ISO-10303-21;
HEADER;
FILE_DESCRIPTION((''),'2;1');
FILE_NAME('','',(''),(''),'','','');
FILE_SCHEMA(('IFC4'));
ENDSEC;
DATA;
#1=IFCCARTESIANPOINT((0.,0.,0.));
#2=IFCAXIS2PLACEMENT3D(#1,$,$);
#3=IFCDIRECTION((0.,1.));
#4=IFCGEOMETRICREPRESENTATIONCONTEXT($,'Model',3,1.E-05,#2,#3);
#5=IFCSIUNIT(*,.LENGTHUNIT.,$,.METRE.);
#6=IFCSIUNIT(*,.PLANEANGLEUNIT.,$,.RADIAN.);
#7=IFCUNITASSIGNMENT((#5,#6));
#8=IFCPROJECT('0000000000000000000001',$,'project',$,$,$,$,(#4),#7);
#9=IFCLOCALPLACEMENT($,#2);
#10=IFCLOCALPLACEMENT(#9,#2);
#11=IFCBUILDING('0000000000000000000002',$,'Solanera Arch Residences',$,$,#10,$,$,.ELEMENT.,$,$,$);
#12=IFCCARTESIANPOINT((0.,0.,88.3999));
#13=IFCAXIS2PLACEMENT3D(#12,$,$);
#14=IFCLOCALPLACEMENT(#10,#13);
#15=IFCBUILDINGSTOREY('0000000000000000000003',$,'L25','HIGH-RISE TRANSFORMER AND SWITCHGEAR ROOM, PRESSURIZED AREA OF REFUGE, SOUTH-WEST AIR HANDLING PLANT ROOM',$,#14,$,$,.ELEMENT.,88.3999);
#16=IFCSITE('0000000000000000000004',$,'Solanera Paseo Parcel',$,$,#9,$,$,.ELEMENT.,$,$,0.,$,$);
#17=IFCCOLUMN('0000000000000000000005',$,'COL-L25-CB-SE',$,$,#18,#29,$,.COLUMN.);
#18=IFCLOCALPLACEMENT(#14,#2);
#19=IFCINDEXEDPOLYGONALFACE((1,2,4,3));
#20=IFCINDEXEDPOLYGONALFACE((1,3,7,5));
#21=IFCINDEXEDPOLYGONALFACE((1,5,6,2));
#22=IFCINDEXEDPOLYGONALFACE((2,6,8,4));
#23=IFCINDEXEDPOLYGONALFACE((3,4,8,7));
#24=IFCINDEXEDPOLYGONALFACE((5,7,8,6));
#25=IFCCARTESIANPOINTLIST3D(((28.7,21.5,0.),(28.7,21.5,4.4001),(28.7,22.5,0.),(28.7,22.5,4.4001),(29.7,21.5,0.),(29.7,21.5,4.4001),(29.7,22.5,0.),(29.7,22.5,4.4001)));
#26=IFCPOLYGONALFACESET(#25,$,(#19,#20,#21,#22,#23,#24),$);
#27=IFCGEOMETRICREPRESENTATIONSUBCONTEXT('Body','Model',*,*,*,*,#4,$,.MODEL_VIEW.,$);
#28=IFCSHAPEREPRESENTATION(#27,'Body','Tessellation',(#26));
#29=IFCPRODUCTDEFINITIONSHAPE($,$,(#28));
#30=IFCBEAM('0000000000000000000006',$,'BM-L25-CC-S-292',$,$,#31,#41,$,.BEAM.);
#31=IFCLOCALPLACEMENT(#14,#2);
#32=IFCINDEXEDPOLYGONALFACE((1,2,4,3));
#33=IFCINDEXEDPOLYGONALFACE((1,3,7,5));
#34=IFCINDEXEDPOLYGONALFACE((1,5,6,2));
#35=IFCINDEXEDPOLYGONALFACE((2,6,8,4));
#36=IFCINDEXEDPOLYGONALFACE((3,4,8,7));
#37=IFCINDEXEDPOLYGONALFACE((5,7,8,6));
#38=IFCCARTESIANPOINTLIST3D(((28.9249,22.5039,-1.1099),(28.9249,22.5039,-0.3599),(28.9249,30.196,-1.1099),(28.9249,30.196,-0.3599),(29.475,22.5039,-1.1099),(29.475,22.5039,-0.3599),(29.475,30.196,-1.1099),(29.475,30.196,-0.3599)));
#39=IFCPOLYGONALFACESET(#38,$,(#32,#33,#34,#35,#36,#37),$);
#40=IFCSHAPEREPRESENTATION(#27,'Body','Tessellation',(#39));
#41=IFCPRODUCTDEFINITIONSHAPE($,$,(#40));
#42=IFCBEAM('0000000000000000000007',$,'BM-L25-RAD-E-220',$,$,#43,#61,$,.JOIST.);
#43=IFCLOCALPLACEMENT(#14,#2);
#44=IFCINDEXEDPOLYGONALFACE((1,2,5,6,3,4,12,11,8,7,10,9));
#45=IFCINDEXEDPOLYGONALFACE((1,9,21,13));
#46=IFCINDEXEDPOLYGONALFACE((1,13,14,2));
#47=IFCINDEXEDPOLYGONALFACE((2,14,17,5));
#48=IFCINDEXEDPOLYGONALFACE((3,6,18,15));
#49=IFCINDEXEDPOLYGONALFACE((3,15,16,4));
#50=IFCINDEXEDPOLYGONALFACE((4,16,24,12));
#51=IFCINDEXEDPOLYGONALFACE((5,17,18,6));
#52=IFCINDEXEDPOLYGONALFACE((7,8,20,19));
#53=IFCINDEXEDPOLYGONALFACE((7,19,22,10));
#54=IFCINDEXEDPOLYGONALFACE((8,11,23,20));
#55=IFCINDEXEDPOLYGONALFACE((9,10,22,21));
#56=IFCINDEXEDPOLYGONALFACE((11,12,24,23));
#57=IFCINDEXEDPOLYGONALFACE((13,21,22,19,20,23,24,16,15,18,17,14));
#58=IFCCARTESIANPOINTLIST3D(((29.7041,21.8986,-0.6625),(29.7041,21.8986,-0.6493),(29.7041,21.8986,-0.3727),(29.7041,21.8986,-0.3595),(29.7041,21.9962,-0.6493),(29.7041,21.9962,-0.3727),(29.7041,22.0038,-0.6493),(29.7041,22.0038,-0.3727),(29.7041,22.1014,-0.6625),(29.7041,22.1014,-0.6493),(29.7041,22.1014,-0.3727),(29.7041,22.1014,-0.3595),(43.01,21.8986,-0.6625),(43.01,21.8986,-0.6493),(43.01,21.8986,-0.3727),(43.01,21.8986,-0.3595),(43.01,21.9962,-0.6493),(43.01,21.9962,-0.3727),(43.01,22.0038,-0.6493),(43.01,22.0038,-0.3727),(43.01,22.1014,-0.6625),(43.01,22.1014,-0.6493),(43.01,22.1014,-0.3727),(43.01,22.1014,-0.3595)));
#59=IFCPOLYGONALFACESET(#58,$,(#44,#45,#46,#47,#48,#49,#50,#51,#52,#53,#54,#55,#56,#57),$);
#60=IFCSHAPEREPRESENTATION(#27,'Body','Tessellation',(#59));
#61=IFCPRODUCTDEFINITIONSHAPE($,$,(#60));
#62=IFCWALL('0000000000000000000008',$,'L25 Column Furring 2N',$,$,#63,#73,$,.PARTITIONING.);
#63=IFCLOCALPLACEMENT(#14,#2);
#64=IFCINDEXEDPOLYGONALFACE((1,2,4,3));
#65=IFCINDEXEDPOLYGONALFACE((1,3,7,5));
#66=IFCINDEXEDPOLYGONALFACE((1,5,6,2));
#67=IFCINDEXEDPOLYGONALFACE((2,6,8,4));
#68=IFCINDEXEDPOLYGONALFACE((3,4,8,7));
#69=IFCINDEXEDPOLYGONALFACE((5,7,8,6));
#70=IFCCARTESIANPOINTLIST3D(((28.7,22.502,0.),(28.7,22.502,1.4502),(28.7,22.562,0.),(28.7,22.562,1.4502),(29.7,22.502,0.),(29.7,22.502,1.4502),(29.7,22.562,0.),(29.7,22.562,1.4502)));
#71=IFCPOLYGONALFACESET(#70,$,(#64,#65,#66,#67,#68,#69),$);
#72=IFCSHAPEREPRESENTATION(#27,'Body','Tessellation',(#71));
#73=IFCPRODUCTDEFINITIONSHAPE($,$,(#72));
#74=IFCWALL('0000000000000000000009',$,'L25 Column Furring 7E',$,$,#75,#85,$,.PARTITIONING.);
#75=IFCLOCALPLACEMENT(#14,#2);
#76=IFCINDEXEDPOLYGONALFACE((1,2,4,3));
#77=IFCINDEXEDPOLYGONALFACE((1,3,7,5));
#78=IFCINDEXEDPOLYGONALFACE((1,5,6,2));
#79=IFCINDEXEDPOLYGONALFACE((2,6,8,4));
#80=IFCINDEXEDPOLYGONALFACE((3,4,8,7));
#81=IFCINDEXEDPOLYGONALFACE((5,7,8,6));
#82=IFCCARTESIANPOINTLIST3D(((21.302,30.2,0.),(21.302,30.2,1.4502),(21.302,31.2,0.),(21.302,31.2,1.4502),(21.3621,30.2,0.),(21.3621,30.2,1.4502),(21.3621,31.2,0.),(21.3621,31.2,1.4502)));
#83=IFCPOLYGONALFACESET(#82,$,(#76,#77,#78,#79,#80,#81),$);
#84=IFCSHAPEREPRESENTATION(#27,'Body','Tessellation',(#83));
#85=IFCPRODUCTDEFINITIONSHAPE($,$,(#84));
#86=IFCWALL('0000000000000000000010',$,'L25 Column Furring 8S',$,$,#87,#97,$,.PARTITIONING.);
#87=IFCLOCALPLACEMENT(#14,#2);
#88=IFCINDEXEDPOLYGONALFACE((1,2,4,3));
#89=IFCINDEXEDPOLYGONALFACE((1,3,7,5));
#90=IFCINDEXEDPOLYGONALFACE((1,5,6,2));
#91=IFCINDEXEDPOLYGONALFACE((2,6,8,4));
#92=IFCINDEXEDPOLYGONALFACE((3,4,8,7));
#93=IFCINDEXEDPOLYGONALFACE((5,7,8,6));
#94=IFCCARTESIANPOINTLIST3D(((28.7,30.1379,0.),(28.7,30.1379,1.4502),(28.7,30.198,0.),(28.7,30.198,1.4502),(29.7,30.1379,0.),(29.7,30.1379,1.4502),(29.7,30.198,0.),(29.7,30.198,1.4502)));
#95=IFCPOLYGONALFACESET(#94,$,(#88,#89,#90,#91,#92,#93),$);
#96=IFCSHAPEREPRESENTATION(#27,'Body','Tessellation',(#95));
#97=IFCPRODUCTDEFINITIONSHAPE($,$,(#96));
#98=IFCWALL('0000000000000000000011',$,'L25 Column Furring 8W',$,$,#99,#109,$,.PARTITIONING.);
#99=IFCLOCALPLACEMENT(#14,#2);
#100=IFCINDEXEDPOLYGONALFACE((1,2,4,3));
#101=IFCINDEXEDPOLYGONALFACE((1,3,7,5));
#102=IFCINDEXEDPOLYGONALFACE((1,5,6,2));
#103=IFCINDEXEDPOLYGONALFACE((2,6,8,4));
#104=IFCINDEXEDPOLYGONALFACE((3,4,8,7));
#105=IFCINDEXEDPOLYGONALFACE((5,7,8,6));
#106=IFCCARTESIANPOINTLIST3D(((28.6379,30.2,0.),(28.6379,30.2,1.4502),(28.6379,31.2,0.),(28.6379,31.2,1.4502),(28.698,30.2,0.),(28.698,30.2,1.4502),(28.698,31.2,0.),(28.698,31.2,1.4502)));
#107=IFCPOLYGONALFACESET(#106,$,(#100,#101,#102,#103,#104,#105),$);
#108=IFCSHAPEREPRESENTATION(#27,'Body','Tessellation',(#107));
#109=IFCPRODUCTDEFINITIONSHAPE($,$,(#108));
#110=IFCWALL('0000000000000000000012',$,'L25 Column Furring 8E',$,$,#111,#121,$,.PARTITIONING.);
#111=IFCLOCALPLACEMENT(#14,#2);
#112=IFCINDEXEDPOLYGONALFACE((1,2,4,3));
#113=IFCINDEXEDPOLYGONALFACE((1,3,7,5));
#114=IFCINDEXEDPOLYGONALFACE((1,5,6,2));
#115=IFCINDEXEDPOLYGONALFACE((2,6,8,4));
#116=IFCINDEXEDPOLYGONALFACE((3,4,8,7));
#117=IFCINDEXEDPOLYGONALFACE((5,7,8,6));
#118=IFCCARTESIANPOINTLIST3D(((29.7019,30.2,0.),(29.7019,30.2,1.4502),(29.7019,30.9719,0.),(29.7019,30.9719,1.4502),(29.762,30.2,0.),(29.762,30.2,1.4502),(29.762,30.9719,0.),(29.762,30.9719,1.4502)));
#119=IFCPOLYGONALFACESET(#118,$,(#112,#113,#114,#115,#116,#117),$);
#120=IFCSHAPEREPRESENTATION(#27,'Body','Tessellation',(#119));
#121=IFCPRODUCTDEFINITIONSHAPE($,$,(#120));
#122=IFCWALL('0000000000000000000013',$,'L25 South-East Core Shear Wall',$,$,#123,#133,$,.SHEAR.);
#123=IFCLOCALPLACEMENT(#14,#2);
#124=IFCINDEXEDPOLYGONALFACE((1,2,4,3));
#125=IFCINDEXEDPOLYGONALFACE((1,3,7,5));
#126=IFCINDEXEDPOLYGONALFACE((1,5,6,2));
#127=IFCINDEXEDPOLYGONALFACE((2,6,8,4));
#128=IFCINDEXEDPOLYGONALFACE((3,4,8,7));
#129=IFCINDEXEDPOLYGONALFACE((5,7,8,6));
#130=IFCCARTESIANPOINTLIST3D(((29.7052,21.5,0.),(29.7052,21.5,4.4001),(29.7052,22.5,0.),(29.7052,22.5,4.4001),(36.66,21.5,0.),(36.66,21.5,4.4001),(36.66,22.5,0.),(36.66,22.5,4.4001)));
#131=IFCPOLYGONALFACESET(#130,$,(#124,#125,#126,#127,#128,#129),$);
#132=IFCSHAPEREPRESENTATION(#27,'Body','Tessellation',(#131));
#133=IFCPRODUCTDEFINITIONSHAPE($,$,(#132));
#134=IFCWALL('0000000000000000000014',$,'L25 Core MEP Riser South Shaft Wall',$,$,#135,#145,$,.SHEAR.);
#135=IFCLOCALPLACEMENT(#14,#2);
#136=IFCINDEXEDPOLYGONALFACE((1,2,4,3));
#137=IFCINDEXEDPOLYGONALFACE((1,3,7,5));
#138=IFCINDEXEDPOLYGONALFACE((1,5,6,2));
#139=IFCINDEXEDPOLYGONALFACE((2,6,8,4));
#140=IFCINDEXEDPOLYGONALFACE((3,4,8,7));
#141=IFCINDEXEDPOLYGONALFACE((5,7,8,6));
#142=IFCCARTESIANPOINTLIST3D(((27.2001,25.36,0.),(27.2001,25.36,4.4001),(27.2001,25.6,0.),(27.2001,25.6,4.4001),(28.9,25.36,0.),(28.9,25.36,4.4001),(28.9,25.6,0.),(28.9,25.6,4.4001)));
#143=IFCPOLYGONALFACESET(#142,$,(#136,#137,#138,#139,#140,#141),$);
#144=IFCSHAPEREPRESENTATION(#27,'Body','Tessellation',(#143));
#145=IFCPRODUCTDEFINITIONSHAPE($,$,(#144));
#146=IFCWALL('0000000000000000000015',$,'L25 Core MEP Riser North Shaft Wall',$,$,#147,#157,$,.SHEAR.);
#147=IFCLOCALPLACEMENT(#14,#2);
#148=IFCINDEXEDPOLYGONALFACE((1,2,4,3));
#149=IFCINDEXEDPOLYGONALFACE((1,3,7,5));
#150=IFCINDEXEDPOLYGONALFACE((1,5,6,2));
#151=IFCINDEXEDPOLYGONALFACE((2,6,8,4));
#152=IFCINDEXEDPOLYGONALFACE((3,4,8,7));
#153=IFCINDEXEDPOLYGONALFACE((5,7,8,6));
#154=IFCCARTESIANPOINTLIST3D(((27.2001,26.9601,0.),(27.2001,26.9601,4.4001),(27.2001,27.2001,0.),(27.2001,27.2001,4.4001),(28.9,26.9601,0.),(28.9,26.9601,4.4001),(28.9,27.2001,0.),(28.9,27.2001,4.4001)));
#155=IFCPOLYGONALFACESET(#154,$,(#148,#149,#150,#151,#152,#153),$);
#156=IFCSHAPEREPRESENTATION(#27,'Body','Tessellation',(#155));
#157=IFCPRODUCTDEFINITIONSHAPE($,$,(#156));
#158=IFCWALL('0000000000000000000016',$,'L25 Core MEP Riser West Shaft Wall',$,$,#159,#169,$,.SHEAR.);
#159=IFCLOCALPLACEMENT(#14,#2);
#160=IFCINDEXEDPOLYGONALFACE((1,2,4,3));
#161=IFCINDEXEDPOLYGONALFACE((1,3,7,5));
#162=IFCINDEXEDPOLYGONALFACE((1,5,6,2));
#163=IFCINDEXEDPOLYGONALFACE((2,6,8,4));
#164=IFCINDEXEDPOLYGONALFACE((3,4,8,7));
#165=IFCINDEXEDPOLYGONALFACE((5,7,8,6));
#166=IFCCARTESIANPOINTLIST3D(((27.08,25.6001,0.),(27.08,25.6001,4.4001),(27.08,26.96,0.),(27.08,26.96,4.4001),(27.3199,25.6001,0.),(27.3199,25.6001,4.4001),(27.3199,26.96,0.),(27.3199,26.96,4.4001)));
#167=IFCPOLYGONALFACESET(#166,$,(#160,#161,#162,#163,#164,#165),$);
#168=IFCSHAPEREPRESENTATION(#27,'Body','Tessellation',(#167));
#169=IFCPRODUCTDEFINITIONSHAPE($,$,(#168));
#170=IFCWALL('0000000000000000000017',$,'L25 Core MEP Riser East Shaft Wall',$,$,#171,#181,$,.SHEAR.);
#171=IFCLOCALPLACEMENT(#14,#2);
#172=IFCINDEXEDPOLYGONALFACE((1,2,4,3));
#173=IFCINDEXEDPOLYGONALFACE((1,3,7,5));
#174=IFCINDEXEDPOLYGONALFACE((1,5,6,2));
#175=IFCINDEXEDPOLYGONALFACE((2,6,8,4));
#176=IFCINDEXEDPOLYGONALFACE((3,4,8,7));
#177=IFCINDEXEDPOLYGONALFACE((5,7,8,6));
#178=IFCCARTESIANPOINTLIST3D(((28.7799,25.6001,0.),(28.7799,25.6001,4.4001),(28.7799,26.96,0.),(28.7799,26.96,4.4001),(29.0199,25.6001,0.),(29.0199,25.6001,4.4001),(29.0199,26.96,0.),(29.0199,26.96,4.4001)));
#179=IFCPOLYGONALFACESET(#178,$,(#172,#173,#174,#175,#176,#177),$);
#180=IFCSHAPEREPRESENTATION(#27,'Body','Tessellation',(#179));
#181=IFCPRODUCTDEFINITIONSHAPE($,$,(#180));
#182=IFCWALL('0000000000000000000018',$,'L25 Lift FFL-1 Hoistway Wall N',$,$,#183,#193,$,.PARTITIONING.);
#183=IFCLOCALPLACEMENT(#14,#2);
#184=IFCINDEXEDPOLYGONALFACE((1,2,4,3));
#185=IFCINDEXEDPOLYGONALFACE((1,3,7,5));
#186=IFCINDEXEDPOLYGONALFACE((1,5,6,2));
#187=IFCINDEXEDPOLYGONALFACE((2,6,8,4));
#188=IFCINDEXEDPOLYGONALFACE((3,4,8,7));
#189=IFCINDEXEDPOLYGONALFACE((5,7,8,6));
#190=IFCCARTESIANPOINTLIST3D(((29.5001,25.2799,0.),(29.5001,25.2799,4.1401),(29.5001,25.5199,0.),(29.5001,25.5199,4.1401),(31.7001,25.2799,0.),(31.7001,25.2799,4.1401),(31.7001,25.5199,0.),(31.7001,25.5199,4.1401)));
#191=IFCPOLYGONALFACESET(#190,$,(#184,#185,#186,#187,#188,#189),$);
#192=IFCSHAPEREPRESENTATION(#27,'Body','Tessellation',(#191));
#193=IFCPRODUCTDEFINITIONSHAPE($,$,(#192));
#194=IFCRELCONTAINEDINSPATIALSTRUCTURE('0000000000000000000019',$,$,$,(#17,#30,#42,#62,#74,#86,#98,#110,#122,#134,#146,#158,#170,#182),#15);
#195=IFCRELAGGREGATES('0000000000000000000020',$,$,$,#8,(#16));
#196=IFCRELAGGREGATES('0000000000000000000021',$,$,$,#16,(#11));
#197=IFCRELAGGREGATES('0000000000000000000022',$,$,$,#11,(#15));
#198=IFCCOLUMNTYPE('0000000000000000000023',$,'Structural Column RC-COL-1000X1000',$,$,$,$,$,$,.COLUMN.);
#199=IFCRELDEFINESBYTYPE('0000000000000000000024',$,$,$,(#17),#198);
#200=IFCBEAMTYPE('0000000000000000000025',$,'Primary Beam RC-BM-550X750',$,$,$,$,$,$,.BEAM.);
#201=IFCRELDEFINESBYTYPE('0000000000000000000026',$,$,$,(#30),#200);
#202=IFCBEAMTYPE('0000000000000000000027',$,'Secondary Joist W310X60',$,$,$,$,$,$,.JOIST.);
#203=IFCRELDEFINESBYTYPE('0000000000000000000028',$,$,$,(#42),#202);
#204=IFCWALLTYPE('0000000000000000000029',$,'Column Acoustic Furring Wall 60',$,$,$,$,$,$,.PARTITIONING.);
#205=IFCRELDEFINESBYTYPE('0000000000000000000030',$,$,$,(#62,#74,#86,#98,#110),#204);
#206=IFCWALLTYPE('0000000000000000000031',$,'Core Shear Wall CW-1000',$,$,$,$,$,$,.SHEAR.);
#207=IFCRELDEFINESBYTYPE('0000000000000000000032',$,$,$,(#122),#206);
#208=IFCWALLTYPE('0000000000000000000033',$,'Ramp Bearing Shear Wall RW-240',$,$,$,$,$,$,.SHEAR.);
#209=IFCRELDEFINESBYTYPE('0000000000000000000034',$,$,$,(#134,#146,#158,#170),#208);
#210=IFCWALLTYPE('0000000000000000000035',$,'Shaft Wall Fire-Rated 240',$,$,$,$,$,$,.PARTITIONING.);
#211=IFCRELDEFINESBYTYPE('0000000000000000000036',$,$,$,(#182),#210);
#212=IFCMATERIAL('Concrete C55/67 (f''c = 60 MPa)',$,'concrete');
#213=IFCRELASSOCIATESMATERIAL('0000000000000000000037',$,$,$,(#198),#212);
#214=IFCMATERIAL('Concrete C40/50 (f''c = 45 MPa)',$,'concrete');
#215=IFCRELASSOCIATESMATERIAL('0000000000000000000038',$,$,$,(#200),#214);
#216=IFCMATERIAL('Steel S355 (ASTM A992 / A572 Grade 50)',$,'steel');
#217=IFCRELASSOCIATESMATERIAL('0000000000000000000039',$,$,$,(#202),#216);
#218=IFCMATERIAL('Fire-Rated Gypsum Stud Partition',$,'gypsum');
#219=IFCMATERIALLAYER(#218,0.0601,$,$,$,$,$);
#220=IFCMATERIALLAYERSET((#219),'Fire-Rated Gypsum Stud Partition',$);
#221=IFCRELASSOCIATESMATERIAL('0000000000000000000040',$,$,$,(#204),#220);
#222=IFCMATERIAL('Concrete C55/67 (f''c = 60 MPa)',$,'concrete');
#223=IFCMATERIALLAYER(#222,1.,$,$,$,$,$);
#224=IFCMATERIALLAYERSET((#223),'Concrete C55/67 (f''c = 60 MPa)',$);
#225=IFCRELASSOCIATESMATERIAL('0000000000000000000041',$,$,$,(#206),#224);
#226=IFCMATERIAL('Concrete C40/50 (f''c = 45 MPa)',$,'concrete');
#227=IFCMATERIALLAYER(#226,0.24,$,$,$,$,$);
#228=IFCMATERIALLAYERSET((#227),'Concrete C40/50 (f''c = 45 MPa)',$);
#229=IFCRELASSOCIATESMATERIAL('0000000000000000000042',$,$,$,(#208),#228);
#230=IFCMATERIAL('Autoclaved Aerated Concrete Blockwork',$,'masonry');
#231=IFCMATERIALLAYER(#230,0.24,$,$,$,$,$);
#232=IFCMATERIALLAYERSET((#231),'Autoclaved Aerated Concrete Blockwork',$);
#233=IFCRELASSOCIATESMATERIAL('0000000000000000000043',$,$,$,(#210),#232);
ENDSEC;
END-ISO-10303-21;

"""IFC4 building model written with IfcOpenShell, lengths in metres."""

from ifc_helpers import new_model, si_unit, direction, frame, frame_2d, origin, origin_2d, place, context, subcontext, project, spatial, rectangle, i_section, extrude, material, layer, layer_set, material_profile, profile_set, type_object, element, save


model = new_model("IFC4")

# Units and contexts
model_context = context("Model", 3, precision=1e-05, world=origin(), true_north=direction((0.0, 1.0)))
body_context = subcontext(model_context, "Body", "Model", "MODEL_VIEW")
ifc_project = project(units=[si_unit("LENGTHUNIT", "METRE"), si_unit("PLANEANGLEUNIT", "RADIAN")], contexts=[model_context])

# Site, building, storey
site_placement = place(None, origin())
site = spatial("IfcSite", under=ifc_project, at=site_placement, Name="Solanera Paseo Parcel", CompositionType="ELEMENT", RefElevation=0.0)
building_placement = place(site_placement, origin())
building = spatial("IfcBuilding", under=site, at=building_placement, Name="Solanera Arch Residences", CompositionType="ELEMENT")
storey_placement = place(building_placement, frame((0.0, 0.0, 88.3999)))
storey = spatial("IfcBuildingStorey", under=building, at=storey_placement, Name="L25", Description="HIGH-RISE TRANSFORMER AND SWITCHGEAR ROOM, PRESSURIZED AREA OF REFUGE, SOUTH-WEST AIR HANDLING PLANT ROOM", CompositionType="ELEMENT", Elevation=88.3999)

# Column
ifc_material_1 = material(Name="Concrete C55/67 (f'c = 60 MPa)", Category="concrete")
ifc_material_profile_1 = material_profile(ifc_material_1, rectangle(XDim=1.0, YDim=1.0, at=origin_2d()))
ifc_profile_set_1 = profile_set([ifc_material_profile_1], Name="Concrete C55/67 (f'c = 60 MPa)")
column_type = type_object("IfcColumnType", Name="Structural Column RC-COL-1000X1000", PredefinedType="COLUMN", material=ifc_profile_set_1)
column_placement = place(storey_placement, frame((29.2, 22.0, 0.0), z_axis=(0.0, 0.0, 1.0), x_axis=(1.0, 0.0, 0.0)))
element("IfcColumn", 1, at=column_placement, inside=storey, type_object=column_type, Name="COL-L25-CB-SE", PredefinedType="COLUMN", context=body_context, shape_type="SweptSolid", body=[
    extrude(rectangle(XDim=1.0, YDim=1.0, at=origin_2d()), origin(), (0.0, 0.0, 1.0), 4.4001),
])

# Beams
ifc_material_2 = material(Name="Concrete C40/50 (f'c = 45 MPa)", Category="concrete")
ifc_material_profile_2 = material_profile(ifc_material_2, rectangle(XDim=0.55, YDim=0.75, at=origin_2d()))
ifc_profile_set_2 = profile_set([ifc_material_profile_2], Name="Concrete C40/50 (f'c = 45 MPa)")
beam_type_1 = type_object("IfcBeamType", Name="Primary Beam RC-BM-550X750", PredefinedType="BEAM", material=ifc_profile_set_2)
beam_1_placement = place(storey_placement, frame((29.2, 22.5039, -0.7349), z_axis=(0.0, 1.0, 0.0), x_axis=(-1.0, 0.0, 0.0)))
element("IfcBeam", 2, at=beam_1_placement, inside=storey, type_object=beam_type_1, Name="BM-L25-CC-S-292", PredefinedType="BEAM", context=body_context, shape_type="SweptSolid", body=[
    extrude(rectangle(XDim=0.55, YDim=0.75, at=origin_2d()), origin(), (0.0, 0.0, 1.0), 7.6921),
])
ifc_material_3 = material(Name="Steel S355 (ASTM A992 / A572 Grade 50)", Category="steel")
ifc_material_profile_3 = material_profile(ifc_material_3, i_section(OverallWidth=0.2029, OverallDepth=0.303, WebThickness=0.0076, FlangeThickness=0.0132, at=origin_2d()))
ifc_profile_set_3 = profile_set([ifc_material_profile_3], Name="Steel S355 (ASTM A992 / A572 Grade 50)")
beam_type_2 = type_object("IfcBeamType", Name="Secondary Joist W310X60", PredefinedType="JOIST", material=ifc_profile_set_3)
beam_2_placement = place(storey_placement, frame((29.7041, 22.0, -0.511), z_axis=(1.0, 0.0, 0.0), x_axis=(0.0, 1.0, 0.0)))
element("IfcBeam", 3, at=beam_2_placement, inside=storey, type_object=beam_type_2, Name="BM-L25-RAD-E-220", PredefinedType="JOIST", context=body_context, shape_type="SweptSolid", body=[
    extrude(i_section(OverallWidth=0.2029, OverallDepth=0.303, WebThickness=0.0076, FlangeThickness=0.0132, at=origin_2d()), origin(), (0.0, 0.0, 1.0), 13.3059),
])

# Walls
ifc_material_4 = material(Name="Fire-Rated Gypsum Stud Partition", Category="gypsum")
ifc_layer_1 = layer(ifc_material_4, 0.0601)
ifc_layer_set_1 = layer_set([ifc_layer_1], Name="Fire-Rated Gypsum Stud Partition")
wall_type_1 = type_object("IfcWallType", Name="Column Acoustic Furring Wall 60", PredefinedType="PARTITIONING", material=ifc_layer_set_1)
for number, where, z_axis, x_axis, name in (
    (4, (28.7, 22.532, 0.0), (0.0, 0.0, 1.0), (1.0, 0.0, 0.0), "L25 Column Furring 2N"),
    (5, (21.332, 30.2, 0.0), (0.0, 0.0, 1.0), (0.0, 1.0, 0.0), "L25 Column Furring 7E"),
    (6, (28.7, 30.168, 0.0), (0.0, 0.0, 1.0), (1.0, 0.0, 0.0), "L25 Column Furring 8S"),
    (7, (28.668, 30.2, 0.0), (0.0, 0.0, 1.0), (0.0, 1.0, 0.0), "L25 Column Furring 8W"),
):
    element("IfcWall", number, at=place(storey_placement, frame(where, z_axis=z_axis, x_axis=x_axis)), inside=storey, type_object=wall_type_1, Name=name, PredefinedType="PARTITIONING", context=body_context, shape_type="SweptSolid", body=[
        extrude(rectangle(XDim=1.0, YDim=0.0601, at=frame_2d((0.5, 0.0))), origin(), (0.0, 0.0, 1.0), 1.4502),
    ])
wall_1_placement = place(storey_placement, frame((29.7319, 30.2, 0.0), z_axis=(0.0, 0.0, 1.0), x_axis=(0.0, 1.0, 0.0)))
element("IfcWall", 8, at=wall_1_placement, inside=storey, type_object=wall_type_1, Name="L25 Column Furring 8E", PredefinedType="PARTITIONING", context=body_context, shape_type="SweptSolid", body=[
    extrude(rectangle(XDim=0.772, YDim=0.0601, at=frame_2d((0.386, 0.0))), origin(), (0.0, 0.0, 1.0), 1.4502),
])
ifc_material_5 = material(Name="Concrete C55/67 (f'c = 60 MPa)", Category="concrete")
ifc_layer_2 = layer(ifc_material_5, 1.0)
ifc_layer_set_2 = layer_set([ifc_layer_2], Name="Concrete C55/67 (f'c = 60 MPa)")
wall_type_2 = type_object("IfcWallType", Name="Core Shear Wall CW-1000", PredefinedType="SHEAR", material=ifc_layer_set_2)
wall_2_placement = place(storey_placement, frame((29.7051, 22.0, 0.0), z_axis=(0.0, 0.0, 1.0), x_axis=(1.0, 0.0, 0.0)))
element("IfcWall", 9, at=wall_2_placement, inside=storey, type_object=wall_type_2, Name="L25 South-East Core Shear Wall", PredefinedType="SHEAR", context=body_context, shape_type="SweptSolid", body=[
    extrude(rectangle(XDim=6.9548, YDim=1.0, at=frame_2d((3.4775, 0.0))), origin(), (0.0, 0.0, 1.0), 4.4001),
])
ifc_material_6 = material(Name="Concrete C40/50 (f'c = 45 MPa)", Category="concrete")
ifc_layer_3 = layer(ifc_material_6, 0.24)
ifc_layer_set_3 = layer_set([ifc_layer_3], Name="Concrete C40/50 (f'c = 45 MPa)")
wall_type_3 = type_object("IfcWallType", Name="Ramp Bearing Shear Wall RW-240", PredefinedType="SHEAR", material=ifc_layer_set_3)
for number, where, z_axis, x_axis, name in (
    (10, (27.2, 25.48, 0.0), (0.0, 0.0, 1.0), (1.0, 0.0, 0.0), "L25 Core MEP Riser South Shaft Wall"),
    (11, (27.2, 27.0801, 0.0), (0.0, 0.0, 1.0), (1.0, 0.0, 0.0), "L25 Core MEP Riser North Shaft Wall"),
):
    element("IfcWall", number, at=place(storey_placement, frame(where, z_axis=z_axis, x_axis=x_axis)), inside=storey, type_object=wall_type_3, Name=name, PredefinedType="SHEAR", context=body_context, shape_type="SweptSolid", body=[
        extrude(rectangle(XDim=1.7, YDim=0.24, at=frame_2d((0.8501, 0.0))), origin(), (0.0, 0.0, 1.0), 4.4001),
    ])
for number, where, z_axis, x_axis, name in (
    (12, (27.2, 25.6001, 0.0), (0.0, 0.0, 1.0), (0.0, 1.0, 0.0), "L25 Core MEP Riser West Shaft Wall"),
    (13, (28.8999, 25.6001, 0.0), (0.0, 0.0, 1.0), (0.0, 1.0, 0.0), "L25 Core MEP Riser East Shaft Wall"),
):
    element("IfcWall", number, at=place(storey_placement, frame(where, z_axis=z_axis, x_axis=x_axis)), inside=storey, type_object=wall_type_3, Name=name, PredefinedType="SHEAR", context=body_context, shape_type="SweptSolid", body=[
        extrude(rectangle(XDim=1.3599, YDim=0.24, at=frame_2d((0.6799, 0.0))), origin(), (0.0, 0.0, 1.0), 4.4001),
    ])
ifc_material_7 = material(Name="Autoclaved Aerated Concrete Blockwork", Category="masonry")
ifc_layer_4 = layer(ifc_material_7, 0.24)
ifc_layer_set_4 = layer_set([ifc_layer_4], Name="Autoclaved Aerated Concrete Blockwork")
wall_type_4 = type_object("IfcWallType", Name="Shaft Wall Fire-Rated 240", PredefinedType="PARTITIONING", material=ifc_layer_set_4)
wall_3_placement = place(storey_placement, frame((29.5, 25.3999, 0.0), z_axis=(0.0, 0.0, 1.0), x_axis=(1.0, 0.0, 0.0)))
element("IfcWall", 14, at=wall_3_placement, inside=storey, type_object=wall_type_4, Name="L25 Lift FFL-1 Hoistway Wall N", PredefinedType="PARTITIONING", context=body_context, shape_type="SweptSolid", body=[
    extrude(rectangle(XDim=2.2, YDim=0.24, at=frame_2d((1.1001, 0.0))), origin(), (0.0, 0.0, 1.0), 4.1401),
])

save(model, "model.ifc")
